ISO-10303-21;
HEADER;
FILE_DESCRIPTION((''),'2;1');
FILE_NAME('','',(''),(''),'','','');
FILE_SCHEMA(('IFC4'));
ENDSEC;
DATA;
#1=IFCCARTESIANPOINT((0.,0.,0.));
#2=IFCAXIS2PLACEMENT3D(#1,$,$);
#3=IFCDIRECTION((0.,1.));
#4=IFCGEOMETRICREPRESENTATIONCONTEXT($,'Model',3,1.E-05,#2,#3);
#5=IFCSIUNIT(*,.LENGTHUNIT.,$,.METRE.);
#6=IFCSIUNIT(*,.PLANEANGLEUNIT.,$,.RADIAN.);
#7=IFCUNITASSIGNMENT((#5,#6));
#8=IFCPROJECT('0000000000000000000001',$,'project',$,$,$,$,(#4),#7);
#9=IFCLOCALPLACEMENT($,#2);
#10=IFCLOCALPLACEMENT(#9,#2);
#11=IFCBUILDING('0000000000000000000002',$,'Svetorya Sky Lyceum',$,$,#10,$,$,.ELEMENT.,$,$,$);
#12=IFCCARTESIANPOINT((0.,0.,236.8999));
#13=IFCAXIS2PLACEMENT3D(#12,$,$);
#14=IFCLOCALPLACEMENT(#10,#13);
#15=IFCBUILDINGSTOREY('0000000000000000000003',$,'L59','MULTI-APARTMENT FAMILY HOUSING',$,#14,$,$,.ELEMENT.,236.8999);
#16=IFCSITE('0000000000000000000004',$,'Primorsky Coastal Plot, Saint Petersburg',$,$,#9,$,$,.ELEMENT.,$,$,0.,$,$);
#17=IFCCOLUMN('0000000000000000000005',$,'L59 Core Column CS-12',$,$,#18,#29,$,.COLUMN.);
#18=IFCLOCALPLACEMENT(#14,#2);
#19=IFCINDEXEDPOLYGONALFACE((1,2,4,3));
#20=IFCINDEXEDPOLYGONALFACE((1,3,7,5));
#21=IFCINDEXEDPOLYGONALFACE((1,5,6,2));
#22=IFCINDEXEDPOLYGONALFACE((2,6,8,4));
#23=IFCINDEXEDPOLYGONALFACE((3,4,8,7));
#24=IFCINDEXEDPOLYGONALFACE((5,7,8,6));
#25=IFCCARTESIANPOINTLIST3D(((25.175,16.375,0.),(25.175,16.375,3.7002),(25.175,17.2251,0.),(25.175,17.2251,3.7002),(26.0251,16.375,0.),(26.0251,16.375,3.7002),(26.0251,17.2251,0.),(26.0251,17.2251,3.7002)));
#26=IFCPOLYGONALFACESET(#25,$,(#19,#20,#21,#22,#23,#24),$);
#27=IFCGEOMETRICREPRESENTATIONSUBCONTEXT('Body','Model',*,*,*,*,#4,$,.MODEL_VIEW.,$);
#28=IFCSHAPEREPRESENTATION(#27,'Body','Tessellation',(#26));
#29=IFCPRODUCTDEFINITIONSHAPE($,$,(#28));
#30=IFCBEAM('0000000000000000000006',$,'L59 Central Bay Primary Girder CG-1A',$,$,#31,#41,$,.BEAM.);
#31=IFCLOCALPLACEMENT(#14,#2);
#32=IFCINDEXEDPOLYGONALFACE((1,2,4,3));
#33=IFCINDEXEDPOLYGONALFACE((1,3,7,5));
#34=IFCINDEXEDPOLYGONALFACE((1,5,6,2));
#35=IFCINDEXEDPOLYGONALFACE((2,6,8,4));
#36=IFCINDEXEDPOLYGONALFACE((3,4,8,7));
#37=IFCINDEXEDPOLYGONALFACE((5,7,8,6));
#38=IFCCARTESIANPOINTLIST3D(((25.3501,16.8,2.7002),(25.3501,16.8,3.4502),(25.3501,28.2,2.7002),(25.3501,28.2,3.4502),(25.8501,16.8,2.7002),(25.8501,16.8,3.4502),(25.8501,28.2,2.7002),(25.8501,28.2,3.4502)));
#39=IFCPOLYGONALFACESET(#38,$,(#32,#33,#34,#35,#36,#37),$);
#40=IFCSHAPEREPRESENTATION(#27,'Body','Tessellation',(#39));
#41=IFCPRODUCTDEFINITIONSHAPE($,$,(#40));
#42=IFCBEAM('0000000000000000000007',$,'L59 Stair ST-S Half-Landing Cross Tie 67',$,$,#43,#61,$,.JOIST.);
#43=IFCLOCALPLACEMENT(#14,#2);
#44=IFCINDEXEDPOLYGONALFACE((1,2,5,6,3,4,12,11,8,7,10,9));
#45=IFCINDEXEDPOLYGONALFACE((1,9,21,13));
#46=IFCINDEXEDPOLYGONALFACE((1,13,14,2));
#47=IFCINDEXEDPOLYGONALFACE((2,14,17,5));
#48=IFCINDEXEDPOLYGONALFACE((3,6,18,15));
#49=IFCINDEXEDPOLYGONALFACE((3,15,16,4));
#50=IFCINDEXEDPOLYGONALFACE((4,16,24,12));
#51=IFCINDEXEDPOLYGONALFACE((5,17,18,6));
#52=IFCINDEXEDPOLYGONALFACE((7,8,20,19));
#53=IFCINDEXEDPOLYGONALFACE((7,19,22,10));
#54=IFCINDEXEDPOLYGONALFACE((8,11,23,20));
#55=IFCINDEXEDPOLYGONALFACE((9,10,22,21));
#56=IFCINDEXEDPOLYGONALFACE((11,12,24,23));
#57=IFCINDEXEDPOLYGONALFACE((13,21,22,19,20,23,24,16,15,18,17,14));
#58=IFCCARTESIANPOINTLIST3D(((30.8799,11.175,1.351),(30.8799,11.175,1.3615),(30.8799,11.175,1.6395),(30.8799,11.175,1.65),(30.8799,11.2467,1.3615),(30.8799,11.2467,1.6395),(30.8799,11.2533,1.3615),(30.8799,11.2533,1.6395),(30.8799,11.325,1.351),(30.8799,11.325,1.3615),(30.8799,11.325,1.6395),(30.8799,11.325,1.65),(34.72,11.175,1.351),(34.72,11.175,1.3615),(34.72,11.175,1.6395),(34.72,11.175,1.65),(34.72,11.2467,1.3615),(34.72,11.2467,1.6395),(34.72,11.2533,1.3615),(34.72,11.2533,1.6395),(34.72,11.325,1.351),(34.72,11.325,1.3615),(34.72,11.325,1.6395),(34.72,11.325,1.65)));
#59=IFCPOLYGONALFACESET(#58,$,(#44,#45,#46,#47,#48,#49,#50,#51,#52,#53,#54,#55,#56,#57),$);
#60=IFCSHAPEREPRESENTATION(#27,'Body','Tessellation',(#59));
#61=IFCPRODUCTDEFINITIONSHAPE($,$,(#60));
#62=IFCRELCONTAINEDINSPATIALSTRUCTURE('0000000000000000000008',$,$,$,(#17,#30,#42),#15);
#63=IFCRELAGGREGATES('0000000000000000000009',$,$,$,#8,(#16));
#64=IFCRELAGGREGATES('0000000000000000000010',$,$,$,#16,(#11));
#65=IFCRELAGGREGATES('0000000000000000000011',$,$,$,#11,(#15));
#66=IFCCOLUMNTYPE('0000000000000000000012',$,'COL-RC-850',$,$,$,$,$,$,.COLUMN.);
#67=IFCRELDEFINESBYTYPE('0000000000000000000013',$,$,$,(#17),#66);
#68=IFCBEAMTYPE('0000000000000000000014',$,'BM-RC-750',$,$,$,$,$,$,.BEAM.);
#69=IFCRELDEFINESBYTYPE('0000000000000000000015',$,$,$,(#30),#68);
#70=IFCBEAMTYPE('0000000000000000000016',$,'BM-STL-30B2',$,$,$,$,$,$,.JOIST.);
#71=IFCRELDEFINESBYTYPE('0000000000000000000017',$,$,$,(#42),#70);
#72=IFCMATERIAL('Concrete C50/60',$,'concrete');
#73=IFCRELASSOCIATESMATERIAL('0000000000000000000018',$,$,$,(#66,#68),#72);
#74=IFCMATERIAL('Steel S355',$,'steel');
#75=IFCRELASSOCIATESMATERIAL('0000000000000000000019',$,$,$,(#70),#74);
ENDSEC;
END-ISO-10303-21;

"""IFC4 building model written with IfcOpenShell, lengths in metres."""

from ifc_helpers import new_model, si_unit, direction, frame, origin, origin_2d, place, context, subcontext, project, spatial, rectangle, i_section, extrude, material, material_profile, profile_set, type_object, element, save


model = new_model("IFC4")

# Units and contexts
model_context = context("Model", 3, precision=1e-05, world=origin(), true_north=direction((0.0, 1.0)))
body_context = subcontext(model_context, "Body", "Model", "MODEL_VIEW")
ifc_project = project(units=[si_unit("LENGTHUNIT", "METRE"), si_unit("PLANEANGLEUNIT", "RADIAN")], contexts=[model_context])

# Site, building, storey
site_placement = place(None, origin())
site = spatial("IfcSite", under=ifc_project, at=site_placement, Name="Primorsky Coastal Plot, Saint Petersburg", CompositionType="ELEMENT", RefElevation=0.0)
building_placement = place(site_placement, origin())
building = spatial("IfcBuilding", under=site, at=building_placement, Name="Svetorya Sky Lyceum", CompositionType="ELEMENT")
storey_placement = place(building_placement, frame((0.0, 0.0, 236.8999)))
storey = spatial("IfcBuildingStorey", under=building, at=storey_placement, Name="L59", Description="MULTI-APARTMENT FAMILY HOUSING", CompositionType="ELEMENT", Elevation=236.8999)

# Column
ifc_material_1 = material(Name="Concrete C50/60", Category="concrete")
ifc_material_profile_1 = material_profile(ifc_material_1, rectangle(XDim=0.8501, YDim=0.8501, at=origin_2d()), Name="RC COL 850x850")
ifc_profile_set_1 = profile_set([ifc_material_profile_1], Name="Concrete C50/60")
column_type = type_object("IfcColumnType", Name="COL-RC-850", PredefinedType="COLUMN", material=ifc_profile_set_1)
column_placement = place(storey_placement, frame((25.6001, 16.8, 0.0), z_axis=(0.0, 0.0, 1.0), x_axis=(1.0, 0.0, 0.0)))
element("IfcColumn", 1, at=column_placement, inside=storey, type_object=column_type, Name="L59 Core Column CS-12", PredefinedType="COLUMN", context=body_context, shape_type="SweptSolid", body=[
    extrude(rectangle(XDim=0.8501, YDim=0.8501, at=origin_2d()), origin(), (0.0, 0.0, 1.0), 3.7002),
])

# Beams
ifc_material_profile_2 = material_profile(ifc_material_1, rectangle(XDim=0.5, YDim=0.75, at=origin_2d()), Name="RC BEAM 500x750")
ifc_profile_set_2 = profile_set([ifc_material_profile_2], Name="Concrete C50/60")
beam_type_1 = type_object("IfcBeamType", Name="BM-RC-750", PredefinedType="BEAM", material=ifc_profile_set_2)
beam_1_placement = place(storey_placement, frame((25.6001, 16.8, 3.0752), z_axis=(0.0, 1.0, 0.0), x_axis=(-1.0, 0.0, 0.0)))
element("IfcBeam", 2, at=beam_1_placement, inside=storey, type_object=beam_type_1, Name="L59 Central Bay Primary Girder CG-1A", PredefinedType="BEAM", context=body_context, shape_type="SweptSolid", body=[
    extrude(rectangle(XDim=0.5, YDim=0.75, at=origin_2d()), origin(), (0.0, 0.0, 1.0), 11.3999),
])
ifc_material_2 = material(Name="Steel S355", Category="steel")
ifc_material_profile_3 = material_profile(ifc_material_2, i_section(OverallWidth=0.1499, OverallDepth=0.2991, WebThickness=0.0066, FlangeThickness=0.0105, at=origin_2d()), Name="GOST 30B2")
ifc_profile_set_3 = profile_set([ifc_material_profile_3], Name="Steel S355")
beam_type_2 = type_object("IfcBeamType", Name="BM-STL-30B2", PredefinedType="JOIST", material=ifc_profile_set_3)
beam_2_placement = place(storey_placement, frame((30.8799, 11.25, 1.5005), z_axis=(1.0, 0.0, 0.0), x_axis=(0.0, 1.0, 0.0)))
element("IfcBeam", 3, at=beam_2_placement, inside=storey, type_object=beam_type_2, Name="L59 Stair ST-S Half-Landing Cross Tie 67", PredefinedType="JOIST", context=body_context, shape_type="SweptSolid", body=[
    extrude(i_section(OverallWidth=0.1499, OverallDepth=0.2991, WebThickness=0.0066, FlangeThickness=0.0105, at=origin_2d()), origin(), (0.0, 0.0, 1.0), 3.8401),
])

save(model, "model.ifc")
